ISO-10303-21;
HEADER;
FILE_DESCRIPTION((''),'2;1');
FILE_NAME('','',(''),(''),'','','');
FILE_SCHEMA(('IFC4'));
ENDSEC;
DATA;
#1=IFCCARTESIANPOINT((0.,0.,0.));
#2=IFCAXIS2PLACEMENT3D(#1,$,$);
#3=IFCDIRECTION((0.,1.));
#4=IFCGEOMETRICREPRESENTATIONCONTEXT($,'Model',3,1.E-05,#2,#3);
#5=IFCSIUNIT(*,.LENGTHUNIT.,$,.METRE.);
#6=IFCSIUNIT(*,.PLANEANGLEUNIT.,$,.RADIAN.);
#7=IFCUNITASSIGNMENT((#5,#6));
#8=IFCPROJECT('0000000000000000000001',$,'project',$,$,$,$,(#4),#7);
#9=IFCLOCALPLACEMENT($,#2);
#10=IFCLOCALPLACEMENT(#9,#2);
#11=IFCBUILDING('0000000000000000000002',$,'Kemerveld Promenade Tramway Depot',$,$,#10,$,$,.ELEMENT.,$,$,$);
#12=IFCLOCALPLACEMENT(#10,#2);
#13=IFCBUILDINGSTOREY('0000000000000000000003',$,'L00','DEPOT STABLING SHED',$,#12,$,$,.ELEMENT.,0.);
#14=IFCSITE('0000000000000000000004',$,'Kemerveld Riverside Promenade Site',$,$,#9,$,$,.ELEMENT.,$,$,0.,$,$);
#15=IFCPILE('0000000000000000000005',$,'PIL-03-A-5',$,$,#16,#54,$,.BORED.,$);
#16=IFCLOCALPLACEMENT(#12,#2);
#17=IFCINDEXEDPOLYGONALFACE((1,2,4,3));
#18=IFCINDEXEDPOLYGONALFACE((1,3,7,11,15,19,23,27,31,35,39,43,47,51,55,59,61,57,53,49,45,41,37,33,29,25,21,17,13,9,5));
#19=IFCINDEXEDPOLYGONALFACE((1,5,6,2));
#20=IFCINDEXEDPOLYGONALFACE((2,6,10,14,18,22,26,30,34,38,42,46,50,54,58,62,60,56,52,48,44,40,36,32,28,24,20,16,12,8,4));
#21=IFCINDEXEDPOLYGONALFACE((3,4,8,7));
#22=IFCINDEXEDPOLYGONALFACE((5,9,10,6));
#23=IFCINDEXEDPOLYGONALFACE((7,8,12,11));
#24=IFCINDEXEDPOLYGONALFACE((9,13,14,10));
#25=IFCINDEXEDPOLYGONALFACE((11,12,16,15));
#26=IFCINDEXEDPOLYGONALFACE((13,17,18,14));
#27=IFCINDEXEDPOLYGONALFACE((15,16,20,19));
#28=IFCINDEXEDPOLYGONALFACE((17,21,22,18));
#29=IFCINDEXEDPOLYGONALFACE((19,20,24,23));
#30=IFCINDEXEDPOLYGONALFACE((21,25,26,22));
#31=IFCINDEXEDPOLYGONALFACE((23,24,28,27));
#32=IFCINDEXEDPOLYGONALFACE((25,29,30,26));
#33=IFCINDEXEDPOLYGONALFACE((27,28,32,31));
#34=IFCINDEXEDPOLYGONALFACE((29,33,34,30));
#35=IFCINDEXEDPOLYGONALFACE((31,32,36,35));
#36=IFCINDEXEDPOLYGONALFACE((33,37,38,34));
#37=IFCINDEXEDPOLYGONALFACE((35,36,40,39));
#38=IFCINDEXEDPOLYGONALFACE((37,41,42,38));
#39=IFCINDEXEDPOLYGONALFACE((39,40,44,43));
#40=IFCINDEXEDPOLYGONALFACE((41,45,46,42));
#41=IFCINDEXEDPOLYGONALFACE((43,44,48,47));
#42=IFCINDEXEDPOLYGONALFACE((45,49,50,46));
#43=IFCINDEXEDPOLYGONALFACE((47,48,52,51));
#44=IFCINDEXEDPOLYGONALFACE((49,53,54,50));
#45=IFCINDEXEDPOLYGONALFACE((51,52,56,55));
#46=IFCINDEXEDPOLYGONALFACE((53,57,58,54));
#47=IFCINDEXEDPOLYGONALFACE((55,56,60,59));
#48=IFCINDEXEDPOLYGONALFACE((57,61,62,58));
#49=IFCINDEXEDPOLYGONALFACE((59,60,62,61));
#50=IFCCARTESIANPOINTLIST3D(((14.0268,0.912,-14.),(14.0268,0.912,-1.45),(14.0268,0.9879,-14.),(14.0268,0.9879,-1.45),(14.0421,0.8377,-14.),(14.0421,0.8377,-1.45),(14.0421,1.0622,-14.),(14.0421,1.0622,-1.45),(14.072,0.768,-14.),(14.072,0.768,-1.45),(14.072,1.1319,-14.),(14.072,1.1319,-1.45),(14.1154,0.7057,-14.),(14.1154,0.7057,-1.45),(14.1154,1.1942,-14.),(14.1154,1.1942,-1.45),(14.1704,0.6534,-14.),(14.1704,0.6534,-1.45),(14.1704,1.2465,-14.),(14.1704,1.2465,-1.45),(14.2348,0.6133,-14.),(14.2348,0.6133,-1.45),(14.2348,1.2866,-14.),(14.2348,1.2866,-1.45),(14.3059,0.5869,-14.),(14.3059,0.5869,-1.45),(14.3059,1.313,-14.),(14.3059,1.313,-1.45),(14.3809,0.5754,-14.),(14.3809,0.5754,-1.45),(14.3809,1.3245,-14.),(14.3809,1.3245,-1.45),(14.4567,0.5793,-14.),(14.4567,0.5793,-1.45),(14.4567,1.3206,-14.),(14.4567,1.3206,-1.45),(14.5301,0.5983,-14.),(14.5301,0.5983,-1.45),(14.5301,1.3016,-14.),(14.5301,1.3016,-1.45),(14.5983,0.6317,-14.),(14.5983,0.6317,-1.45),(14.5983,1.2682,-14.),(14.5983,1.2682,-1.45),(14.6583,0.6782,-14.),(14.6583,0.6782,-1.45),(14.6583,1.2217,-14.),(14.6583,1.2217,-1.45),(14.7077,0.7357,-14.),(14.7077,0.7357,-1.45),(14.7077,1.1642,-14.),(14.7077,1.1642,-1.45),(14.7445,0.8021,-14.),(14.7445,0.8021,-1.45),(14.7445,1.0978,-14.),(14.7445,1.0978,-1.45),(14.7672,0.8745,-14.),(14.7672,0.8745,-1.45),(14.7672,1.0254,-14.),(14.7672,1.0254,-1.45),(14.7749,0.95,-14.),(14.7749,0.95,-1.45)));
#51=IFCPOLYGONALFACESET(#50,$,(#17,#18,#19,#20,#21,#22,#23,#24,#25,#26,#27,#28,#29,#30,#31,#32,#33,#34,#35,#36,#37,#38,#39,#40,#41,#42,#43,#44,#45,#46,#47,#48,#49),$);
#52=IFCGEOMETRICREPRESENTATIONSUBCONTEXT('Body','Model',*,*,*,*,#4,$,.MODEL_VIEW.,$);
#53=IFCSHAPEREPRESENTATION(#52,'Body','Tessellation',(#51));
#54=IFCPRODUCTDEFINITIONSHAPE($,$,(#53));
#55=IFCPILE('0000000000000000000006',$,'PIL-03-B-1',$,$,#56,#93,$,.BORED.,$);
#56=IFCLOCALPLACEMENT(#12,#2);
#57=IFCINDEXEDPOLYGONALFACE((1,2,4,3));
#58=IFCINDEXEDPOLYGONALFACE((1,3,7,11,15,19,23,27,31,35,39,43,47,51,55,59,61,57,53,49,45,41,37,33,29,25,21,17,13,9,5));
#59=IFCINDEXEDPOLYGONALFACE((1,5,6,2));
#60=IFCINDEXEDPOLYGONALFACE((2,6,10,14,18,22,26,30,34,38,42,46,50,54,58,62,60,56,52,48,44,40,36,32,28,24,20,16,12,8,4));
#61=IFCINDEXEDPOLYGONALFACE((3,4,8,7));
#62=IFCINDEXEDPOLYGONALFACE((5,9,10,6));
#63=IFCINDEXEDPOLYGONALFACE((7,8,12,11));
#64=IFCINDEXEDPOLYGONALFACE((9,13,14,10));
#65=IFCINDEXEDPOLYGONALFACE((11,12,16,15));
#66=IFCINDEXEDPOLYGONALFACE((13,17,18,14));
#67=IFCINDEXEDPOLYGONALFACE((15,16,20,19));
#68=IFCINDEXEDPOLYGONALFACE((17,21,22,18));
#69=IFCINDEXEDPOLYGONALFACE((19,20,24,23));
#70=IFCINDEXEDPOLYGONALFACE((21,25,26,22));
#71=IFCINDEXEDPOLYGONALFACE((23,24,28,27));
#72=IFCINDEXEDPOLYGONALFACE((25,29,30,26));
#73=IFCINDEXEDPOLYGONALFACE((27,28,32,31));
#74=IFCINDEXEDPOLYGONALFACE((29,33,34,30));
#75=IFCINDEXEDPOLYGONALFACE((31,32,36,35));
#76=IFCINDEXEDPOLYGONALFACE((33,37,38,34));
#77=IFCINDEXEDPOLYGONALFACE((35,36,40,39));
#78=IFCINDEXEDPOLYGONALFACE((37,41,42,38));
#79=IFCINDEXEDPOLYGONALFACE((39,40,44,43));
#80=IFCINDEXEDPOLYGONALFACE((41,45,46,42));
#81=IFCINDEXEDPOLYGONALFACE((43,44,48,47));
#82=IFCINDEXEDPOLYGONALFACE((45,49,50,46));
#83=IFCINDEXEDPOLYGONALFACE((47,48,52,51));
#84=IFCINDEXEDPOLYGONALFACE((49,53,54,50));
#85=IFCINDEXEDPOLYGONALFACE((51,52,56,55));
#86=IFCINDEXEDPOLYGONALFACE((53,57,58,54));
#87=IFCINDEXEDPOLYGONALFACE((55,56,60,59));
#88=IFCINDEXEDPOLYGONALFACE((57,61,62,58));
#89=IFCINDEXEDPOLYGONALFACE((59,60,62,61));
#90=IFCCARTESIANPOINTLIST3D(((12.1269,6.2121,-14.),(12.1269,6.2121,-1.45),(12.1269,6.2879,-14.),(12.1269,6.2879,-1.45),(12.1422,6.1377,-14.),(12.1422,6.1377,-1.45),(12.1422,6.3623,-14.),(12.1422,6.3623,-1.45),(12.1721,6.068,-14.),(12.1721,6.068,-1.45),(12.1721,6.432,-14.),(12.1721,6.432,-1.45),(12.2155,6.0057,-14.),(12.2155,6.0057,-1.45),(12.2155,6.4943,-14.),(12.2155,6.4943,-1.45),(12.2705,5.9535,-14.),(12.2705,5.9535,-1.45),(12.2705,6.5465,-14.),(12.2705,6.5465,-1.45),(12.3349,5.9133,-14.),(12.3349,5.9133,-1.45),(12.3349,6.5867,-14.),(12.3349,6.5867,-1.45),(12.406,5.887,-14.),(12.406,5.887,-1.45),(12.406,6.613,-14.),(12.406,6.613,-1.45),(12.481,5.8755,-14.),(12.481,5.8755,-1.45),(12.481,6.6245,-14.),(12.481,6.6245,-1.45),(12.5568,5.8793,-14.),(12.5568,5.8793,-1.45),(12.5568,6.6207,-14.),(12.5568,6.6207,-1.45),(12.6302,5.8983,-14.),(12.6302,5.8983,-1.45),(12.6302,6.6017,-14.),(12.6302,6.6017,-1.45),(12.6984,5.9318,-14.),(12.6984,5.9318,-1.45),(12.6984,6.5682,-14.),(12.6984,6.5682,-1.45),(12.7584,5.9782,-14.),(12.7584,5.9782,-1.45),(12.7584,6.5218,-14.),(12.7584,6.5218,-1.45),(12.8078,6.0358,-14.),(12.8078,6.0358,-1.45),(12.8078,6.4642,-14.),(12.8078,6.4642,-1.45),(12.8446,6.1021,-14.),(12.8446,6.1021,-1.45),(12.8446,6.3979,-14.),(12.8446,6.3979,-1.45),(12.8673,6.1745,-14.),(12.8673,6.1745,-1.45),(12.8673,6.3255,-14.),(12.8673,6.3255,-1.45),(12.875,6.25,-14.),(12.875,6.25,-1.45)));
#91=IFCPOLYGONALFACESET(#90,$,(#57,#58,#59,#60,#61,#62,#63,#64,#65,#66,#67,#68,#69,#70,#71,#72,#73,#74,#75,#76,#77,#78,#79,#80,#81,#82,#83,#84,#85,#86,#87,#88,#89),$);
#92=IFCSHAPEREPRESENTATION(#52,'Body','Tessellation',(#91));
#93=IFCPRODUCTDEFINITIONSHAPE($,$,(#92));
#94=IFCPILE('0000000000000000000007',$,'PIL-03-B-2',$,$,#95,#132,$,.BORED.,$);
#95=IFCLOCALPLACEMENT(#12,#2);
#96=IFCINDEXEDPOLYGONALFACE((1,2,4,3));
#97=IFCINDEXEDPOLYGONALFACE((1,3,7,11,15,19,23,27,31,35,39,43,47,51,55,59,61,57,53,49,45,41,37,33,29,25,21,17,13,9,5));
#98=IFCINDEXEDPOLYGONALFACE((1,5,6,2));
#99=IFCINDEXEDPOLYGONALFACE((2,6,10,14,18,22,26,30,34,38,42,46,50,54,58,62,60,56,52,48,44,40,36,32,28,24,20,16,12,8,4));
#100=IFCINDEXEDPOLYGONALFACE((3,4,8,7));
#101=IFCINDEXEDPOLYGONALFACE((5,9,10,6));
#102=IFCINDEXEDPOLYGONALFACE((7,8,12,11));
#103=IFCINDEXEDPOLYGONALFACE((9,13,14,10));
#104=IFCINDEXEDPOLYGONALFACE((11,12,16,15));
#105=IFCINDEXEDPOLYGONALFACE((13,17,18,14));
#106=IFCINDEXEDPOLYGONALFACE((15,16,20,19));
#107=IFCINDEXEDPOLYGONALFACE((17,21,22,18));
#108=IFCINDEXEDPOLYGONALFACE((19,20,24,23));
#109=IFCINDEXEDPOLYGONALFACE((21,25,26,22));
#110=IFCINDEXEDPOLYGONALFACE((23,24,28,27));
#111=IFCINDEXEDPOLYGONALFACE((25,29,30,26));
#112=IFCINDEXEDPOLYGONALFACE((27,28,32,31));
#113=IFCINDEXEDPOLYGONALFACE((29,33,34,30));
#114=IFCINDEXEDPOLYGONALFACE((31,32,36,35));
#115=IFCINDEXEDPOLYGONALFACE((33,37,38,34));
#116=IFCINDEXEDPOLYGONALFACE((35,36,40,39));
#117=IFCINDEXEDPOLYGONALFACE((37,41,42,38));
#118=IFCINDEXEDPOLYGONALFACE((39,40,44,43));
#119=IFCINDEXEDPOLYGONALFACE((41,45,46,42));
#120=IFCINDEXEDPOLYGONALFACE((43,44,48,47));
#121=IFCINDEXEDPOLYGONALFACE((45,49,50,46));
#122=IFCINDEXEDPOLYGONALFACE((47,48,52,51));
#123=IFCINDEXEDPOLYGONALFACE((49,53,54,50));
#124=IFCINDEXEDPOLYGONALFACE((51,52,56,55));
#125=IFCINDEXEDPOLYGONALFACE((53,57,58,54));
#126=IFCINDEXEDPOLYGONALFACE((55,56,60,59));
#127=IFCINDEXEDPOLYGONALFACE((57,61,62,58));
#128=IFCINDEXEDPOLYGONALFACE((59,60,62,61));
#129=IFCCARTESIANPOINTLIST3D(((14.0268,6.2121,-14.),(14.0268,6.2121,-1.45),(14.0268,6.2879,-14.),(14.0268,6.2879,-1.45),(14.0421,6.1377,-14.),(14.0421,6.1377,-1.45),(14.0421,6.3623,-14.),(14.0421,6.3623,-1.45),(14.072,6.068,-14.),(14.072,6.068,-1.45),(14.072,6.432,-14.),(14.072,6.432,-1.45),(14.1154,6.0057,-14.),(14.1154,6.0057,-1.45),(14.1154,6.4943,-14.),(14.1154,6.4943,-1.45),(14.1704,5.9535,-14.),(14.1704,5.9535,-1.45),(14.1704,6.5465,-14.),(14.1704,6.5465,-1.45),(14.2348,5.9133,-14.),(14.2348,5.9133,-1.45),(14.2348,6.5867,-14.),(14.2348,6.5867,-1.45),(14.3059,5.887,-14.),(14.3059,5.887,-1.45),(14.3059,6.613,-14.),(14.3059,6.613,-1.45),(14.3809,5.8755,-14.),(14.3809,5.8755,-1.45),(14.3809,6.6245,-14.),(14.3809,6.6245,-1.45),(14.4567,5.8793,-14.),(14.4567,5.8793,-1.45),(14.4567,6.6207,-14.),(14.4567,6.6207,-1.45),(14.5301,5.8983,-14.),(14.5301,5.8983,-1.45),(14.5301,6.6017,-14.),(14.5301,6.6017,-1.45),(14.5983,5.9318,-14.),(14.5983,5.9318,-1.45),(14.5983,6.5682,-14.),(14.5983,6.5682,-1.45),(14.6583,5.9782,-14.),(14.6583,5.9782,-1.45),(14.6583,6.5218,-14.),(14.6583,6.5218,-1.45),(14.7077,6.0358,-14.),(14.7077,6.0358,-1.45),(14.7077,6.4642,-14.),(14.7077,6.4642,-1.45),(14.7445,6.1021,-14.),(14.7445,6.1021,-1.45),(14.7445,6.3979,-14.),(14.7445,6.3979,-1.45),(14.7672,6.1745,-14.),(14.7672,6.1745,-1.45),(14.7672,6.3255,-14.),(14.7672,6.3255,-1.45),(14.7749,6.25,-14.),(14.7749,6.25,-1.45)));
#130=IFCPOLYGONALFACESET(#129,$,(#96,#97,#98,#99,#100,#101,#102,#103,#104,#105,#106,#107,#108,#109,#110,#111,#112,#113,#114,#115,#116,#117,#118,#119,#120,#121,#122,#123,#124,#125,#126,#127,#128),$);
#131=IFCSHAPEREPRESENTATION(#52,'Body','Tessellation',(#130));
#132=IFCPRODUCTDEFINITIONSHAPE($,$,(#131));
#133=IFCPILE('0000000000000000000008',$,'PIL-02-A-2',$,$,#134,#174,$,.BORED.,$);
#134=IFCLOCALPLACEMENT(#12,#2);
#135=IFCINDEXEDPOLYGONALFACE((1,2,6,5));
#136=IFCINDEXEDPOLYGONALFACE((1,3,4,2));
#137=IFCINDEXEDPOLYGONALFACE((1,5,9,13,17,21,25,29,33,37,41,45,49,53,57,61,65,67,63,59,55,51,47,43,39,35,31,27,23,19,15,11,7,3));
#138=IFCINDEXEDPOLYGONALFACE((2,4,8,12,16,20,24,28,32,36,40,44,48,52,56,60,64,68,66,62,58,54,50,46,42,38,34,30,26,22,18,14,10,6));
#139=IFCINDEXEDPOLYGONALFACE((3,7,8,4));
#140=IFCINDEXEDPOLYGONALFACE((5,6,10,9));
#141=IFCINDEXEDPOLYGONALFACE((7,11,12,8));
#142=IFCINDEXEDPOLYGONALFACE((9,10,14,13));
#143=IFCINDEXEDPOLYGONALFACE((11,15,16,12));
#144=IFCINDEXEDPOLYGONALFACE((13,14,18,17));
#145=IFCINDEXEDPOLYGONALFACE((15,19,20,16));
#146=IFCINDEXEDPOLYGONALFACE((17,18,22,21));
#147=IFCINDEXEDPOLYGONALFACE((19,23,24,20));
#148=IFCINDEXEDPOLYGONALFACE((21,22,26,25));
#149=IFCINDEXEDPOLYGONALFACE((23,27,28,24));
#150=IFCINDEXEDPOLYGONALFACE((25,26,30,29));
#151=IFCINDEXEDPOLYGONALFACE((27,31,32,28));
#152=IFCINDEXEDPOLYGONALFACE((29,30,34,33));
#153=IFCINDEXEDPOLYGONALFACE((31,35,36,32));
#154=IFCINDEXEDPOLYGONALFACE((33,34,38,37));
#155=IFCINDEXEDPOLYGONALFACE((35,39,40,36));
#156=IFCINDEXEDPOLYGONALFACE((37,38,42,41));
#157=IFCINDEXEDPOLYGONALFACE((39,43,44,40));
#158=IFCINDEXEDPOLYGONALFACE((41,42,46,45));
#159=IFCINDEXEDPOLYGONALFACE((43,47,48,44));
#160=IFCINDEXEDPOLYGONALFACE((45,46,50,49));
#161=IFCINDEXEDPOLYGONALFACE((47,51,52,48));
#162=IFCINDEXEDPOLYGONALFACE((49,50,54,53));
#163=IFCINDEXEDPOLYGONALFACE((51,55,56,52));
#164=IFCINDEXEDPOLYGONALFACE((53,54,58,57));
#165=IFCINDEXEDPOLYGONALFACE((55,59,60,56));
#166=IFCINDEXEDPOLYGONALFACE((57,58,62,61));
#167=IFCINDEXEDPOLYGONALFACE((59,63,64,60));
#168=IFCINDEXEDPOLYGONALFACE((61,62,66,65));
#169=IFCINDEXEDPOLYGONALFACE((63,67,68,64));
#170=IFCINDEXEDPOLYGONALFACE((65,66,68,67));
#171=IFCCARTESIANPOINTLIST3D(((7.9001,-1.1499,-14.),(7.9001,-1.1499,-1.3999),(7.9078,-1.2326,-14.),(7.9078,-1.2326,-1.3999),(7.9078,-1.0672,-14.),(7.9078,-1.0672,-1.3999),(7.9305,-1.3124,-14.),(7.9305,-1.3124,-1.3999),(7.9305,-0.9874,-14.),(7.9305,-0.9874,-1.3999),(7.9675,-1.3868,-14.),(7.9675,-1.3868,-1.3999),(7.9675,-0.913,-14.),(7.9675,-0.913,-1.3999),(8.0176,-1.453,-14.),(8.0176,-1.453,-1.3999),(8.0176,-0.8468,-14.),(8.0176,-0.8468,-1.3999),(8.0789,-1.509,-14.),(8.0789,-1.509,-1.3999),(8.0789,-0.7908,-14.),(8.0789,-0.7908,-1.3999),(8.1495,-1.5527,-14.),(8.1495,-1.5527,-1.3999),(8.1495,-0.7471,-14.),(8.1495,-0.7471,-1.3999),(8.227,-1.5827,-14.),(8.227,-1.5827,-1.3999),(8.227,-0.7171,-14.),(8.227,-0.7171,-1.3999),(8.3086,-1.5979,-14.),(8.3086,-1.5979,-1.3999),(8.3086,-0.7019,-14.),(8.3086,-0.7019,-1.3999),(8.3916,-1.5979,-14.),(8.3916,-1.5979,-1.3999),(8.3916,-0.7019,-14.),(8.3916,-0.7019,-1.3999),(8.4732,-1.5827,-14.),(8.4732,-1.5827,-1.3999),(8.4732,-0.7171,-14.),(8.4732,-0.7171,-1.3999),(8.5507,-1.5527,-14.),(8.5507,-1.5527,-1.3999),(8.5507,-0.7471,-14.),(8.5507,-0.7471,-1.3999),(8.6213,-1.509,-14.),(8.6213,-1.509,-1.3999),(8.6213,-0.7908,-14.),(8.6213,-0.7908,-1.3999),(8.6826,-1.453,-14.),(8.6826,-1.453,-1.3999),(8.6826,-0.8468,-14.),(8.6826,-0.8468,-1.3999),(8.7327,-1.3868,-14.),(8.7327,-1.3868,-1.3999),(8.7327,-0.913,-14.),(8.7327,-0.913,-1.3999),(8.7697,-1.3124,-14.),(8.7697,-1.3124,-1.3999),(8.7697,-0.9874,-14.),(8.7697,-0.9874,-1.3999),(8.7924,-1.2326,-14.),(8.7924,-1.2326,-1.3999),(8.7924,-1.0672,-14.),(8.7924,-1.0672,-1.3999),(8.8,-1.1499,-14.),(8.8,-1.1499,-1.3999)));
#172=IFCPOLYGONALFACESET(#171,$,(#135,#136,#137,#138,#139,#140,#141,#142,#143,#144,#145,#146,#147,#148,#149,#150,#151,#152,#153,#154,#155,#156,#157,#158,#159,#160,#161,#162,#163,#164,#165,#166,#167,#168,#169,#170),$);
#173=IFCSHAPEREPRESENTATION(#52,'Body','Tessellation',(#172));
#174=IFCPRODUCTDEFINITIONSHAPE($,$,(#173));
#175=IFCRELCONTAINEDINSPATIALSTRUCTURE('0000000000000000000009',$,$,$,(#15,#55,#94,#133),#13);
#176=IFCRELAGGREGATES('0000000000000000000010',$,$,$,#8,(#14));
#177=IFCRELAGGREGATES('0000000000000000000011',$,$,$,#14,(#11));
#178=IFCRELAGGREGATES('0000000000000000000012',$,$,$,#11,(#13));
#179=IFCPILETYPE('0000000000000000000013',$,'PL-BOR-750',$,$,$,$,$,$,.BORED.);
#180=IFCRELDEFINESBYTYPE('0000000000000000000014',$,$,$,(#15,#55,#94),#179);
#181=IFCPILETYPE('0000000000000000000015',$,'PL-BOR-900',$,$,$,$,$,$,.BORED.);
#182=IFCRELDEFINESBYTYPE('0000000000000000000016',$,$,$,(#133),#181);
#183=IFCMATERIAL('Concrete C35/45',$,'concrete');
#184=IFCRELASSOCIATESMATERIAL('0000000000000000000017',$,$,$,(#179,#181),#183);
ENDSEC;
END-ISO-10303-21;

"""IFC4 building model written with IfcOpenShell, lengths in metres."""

from ifc_helpers import new_model, si_unit, direction, frame, origin, origin_2d, place, context, subcontext, project, spatial, circle, extrude, material, material_profile, profile_set, type_object, element, save


model = new_model("IFC4")

# Units and contexts
model_context = context("Model", 3, precision=1e-05, world=origin(), true_north=direction((0.0, 1.0)))
body_context = subcontext(model_context, "Body", "Model", "MODEL_VIEW")
ifc_project = project(units=[si_unit("LENGTHUNIT", "METRE"), si_unit("PLANEANGLEUNIT", "RADIAN")], contexts=[model_context])

# Site, building, storey
site_placement = place(None, origin())
site = spatial("IfcSite", under=ifc_project, at=site_placement, Name="Kemerveld Riverside Promenade Site", CompositionType="ELEMENT", RefElevation=0.0)
building_placement = place(site_placement, origin())
building = spatial("IfcBuilding", under=site, at=building_placement, Name="Kemerveld Promenade Tramway Depot", CompositionType="ELEMENT")
storey_placement = place(building_placement, origin())
storey = spatial("IfcBuildingStorey", under=building, at=storey_placement, Name="L00", Description="DEPOT STABLING SHED", CompositionType="ELEMENT", Elevation=0.0)

# Shared definitions
ifc_material_1 = material(Name="Concrete C35/45", Category="concrete")

# Piles
ifc_material_profile_1 = material_profile(ifc_material_1, circle(Radius=0.375, at=origin_2d()), Name="PILE-D750")
ifc_profile_set_1 = profile_set([ifc_material_profile_1], Name="Concrete C35/45")
pile_type_1 = type_object("IfcPileType", Name="PL-BOR-750", PredefinedType="BORED", material=ifc_profile_set_1)
for number, where, z_axis, x_axis, name in (
    (1, (14.3999, 0.95, -1.45), (0.0, 0.0, -1.0), (1.0, 0.0, 0.0), "PIL-03-A-5"),
    (2, (12.5, 6.25, -1.45), (0.0, 0.0, -1.0), (1.0, 0.0, 0.0), "PIL-03-B-1"),
    (3, (14.3999, 6.25, -1.45), (0.0, 0.0, -1.0), (1.0, 0.0, 0.0), "PIL-03-B-2"),
):
    element("IfcPile", number, at=place(storey_placement, frame(where, z_axis=z_axis, x_axis=x_axis)), inside=storey, type_object=pile_type_1, Name=name, PredefinedType="BORED", context=body_context, shape_type="SweptSolid", body=[
        extrude(circle(Radius=0.375, at=origin_2d()), origin(), (0.0, 0.0, 1.0), 12.55),
    ])
ifc_material_profile_2 = material_profile(ifc_material_1, circle(Radius=0.45, at=origin_2d()), Name="PILE-D900")
ifc_profile_set_2 = profile_set([ifc_material_profile_2], Name="Concrete C35/45")
pile_type_2 = type_object("IfcPileType", Name="PL-BOR-900", PredefinedType="BORED", material=ifc_profile_set_2)
for number, where, z_axis, x_axis, name in (
    (4, (8.3501, -1.1499, -1.3999), (0.0, 0.0, -1.0), (1.0, 0.0, 0.0), "PIL-02-A-2"),
):
    element("IfcPile", number, at=place(storey_placement, frame(where, z_axis=z_axis, x_axis=x_axis)), inside=storey, type_object=pile_type_2, Name=name, PredefinedType="BORED", context=body_context, shape_type="SweptSolid", body=[
        extrude(circle(Radius=0.45, at=origin_2d()), origin(), (0.0, 0.0, 1.0), 12.6001),
    ])

save(model, "model.ifc")
